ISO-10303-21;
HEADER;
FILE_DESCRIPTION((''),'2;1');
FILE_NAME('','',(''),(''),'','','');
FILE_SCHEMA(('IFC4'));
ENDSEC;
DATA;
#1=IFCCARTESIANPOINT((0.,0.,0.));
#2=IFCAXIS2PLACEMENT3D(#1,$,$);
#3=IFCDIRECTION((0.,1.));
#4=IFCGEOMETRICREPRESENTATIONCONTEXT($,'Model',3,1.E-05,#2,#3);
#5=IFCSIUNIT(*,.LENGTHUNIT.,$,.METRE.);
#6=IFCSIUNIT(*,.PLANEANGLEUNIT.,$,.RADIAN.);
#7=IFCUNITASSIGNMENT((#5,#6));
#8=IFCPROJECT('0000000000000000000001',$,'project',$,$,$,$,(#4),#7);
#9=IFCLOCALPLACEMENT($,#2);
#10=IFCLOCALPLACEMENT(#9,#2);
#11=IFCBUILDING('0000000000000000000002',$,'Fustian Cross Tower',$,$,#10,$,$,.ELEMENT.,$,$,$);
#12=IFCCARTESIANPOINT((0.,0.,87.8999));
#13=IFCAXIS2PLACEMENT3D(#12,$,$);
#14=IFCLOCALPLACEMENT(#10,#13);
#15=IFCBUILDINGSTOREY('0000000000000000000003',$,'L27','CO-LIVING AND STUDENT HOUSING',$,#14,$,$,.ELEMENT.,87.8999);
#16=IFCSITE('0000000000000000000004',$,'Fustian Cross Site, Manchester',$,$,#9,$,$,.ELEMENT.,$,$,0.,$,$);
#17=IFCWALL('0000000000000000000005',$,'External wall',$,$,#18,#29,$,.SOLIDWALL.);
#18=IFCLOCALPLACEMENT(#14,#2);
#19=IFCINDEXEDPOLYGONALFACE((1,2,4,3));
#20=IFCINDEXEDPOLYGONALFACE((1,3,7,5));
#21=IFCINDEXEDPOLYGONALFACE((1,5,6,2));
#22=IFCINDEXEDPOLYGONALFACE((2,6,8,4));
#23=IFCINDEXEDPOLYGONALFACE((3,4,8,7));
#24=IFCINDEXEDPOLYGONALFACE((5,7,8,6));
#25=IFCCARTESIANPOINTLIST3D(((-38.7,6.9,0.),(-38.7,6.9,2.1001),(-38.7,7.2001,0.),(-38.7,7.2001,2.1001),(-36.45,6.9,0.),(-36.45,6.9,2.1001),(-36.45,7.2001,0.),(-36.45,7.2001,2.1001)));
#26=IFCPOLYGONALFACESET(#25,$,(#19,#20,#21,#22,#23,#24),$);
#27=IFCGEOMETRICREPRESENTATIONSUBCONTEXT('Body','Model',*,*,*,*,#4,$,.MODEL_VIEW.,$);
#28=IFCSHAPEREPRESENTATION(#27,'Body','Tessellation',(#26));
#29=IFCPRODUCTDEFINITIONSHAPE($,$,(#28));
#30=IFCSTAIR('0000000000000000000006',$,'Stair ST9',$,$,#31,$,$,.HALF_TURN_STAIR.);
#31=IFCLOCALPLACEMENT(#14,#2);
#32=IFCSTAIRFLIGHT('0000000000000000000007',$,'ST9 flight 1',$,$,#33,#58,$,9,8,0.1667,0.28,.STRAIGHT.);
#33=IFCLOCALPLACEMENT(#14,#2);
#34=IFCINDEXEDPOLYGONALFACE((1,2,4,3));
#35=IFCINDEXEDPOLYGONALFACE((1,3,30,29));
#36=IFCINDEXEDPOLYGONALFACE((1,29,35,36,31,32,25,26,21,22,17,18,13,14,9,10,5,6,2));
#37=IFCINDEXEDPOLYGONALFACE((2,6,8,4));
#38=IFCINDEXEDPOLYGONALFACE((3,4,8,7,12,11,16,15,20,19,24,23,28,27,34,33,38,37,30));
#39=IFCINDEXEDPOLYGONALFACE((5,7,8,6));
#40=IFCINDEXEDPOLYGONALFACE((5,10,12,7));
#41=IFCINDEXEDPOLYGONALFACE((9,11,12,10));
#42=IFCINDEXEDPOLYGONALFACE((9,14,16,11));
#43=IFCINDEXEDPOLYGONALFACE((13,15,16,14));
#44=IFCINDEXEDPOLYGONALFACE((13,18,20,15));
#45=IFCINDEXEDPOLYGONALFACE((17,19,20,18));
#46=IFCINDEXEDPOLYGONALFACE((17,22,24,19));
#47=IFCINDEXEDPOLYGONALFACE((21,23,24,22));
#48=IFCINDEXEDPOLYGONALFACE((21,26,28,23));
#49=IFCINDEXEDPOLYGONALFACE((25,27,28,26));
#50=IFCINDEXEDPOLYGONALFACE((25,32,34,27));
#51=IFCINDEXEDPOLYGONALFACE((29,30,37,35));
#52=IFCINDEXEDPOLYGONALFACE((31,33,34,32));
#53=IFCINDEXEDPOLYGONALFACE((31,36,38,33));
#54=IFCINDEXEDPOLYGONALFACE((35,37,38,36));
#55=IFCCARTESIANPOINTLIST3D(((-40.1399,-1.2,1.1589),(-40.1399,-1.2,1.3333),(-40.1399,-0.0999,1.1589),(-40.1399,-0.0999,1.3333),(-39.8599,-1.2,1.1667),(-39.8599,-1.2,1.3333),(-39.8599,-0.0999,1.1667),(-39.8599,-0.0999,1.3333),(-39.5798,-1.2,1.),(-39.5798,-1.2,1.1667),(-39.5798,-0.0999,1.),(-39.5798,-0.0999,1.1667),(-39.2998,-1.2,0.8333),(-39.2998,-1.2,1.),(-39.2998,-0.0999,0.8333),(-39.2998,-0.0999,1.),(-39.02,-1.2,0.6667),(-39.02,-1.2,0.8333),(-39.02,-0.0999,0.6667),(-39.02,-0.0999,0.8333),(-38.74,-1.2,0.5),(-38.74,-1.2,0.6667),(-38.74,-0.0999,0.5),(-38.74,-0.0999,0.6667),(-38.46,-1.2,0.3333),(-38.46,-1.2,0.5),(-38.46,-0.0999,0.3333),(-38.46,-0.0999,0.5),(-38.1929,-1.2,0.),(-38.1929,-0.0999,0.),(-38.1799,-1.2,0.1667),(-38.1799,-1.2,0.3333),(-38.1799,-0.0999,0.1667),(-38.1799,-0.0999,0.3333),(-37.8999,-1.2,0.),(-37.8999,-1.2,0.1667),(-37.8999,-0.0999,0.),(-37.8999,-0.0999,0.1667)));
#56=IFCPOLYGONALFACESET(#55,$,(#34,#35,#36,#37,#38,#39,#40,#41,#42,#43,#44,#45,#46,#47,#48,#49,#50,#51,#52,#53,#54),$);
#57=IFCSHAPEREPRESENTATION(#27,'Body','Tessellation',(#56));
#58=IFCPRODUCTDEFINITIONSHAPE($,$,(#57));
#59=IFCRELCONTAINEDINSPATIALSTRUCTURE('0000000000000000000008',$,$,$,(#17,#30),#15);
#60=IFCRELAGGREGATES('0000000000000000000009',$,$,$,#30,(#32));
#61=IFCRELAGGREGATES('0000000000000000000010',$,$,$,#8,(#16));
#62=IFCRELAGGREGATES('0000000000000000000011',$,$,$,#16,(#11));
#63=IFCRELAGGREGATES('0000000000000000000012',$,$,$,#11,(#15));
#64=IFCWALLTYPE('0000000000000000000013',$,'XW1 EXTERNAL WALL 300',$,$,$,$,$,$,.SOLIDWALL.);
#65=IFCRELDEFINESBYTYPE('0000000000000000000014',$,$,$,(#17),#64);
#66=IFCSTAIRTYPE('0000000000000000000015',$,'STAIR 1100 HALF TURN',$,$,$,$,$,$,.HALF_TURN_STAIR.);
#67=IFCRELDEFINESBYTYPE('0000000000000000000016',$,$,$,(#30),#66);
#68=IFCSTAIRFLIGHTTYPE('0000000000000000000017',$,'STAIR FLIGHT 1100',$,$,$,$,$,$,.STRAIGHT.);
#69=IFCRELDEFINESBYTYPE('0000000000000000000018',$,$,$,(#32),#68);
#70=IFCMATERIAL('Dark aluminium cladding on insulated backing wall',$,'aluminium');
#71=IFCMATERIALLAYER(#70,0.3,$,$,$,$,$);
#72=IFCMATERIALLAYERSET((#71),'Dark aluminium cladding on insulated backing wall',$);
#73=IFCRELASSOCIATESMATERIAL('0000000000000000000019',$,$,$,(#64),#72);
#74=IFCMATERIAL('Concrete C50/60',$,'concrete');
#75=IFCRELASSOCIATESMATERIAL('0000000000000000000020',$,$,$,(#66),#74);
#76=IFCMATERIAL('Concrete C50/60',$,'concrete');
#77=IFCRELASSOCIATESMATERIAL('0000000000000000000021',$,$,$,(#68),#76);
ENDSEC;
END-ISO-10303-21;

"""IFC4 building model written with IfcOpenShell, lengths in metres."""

from ifc_helpers import new_model, si_unit, direction, frame, frame_2d, origin, place, context, subcontext, project, spatial, polyline, rectangle, outline, extrude, material, layer, layer_set, type_object, element, aggregate, save


model = new_model("IFC4")

# Units and contexts
model_context = context("Model", 3, precision=1e-05, world=origin(), true_north=direction((0.0, 1.0)))
body_context = subcontext(model_context, "Body", "Model", "MODEL_VIEW")
ifc_project = project(units=[si_unit("LENGTHUNIT", "METRE"), si_unit("PLANEANGLEUNIT", "RADIAN")], contexts=[model_context])

# Site, building, storey
site_placement = place(None, origin())
site = spatial("IfcSite", under=ifc_project, at=site_placement, Name="Fustian Cross Site, Manchester", CompositionType="ELEMENT", RefElevation=0.0)
building_placement = place(site_placement, origin())
building = spatial("IfcBuilding", under=site, at=building_placement, Name="Fustian Cross Tower", CompositionType="ELEMENT")
storey_placement = place(building_placement, frame((0.0, 0.0, 87.8999)))
storey = spatial("IfcBuildingStorey", under=building, at=storey_placement, Name="L27", Description="CO-LIVING AND STUDENT HOUSING", CompositionType="ELEMENT", Elevation=87.8999)

# Wall
ifc_material_1 = material(Name="Dark aluminium cladding on insulated backing wall", Category="aluminium")
ifc_layer_1 = layer(ifc_material_1, 0.3)
ifc_layer_set_1 = layer_set([ifc_layer_1], Name="Dark aluminium cladding on insulated backing wall")
wall_type_1 = type_object("IfcWallType", Name="XW1 EXTERNAL WALL 300", PredefinedType="SOLIDWALL", material=ifc_layer_set_1)
wall_1_placement = place(storey_placement, frame((-36.45, 7.05, 0.0), z_axis=(0.0, 0.0, 1.0), x_axis=(-1.0, 0.0, 0.0)))
element("IfcWall", 1, at=wall_1_placement, inside=storey, type_object=wall_type_1, Name="External wall", PredefinedType="SOLIDWALL", context=body_context, shape_type="SweptSolid", body=[
    extrude(rectangle(XDim=2.25, YDim=0.3, at=frame_2d((1.125, 0.0))), origin(), (0.0, 0.0, 1.0), 2.1001),
])

# Stair, stair flight
ifc_material_2 = material(Name="Concrete C50/60", Category="concrete")
stair_type = type_object("IfcStairType", Name="STAIR 1100 HALF TURN", PredefinedType="HALF_TURN_STAIR", material=ifc_material_2)
stair_placement = place(storey_placement, origin())
stair = element("IfcStair", 2, at=stair_placement, inside=storey, type_object=stair_type, Name="Stair ST9", PredefinedType="HALF_TURN_STAIR")
ifc_material_3 = material(Name="Concrete C50/60", Category="concrete")
stair_flight_type = type_object("IfcStairFlightType", Name="STAIR FLIGHT 1100", PredefinedType="STRAIGHT", material=ifc_material_3)
stair_flight_placement = place(storey_placement, frame((-37.8999, -0.6499, 0.0), z_axis=(0.0, 0.0, 1.0), x_axis=(-1.0, 0.0, 0.0)))
stair_flight = element("IfcStairFlight", 3, at=stair_flight_placement, type_object=stair_flight_type, Name="ST9 flight 1", NumberOfRisers=9, NumberOfTreads=8, PredefinedType="STRAIGHT", RiserHeight=0.1667, TreadLength=0.28, context=body_context, shape_type="SweptSolid", body=[
    extrude(outline(polyline([(0.0, 0.0), (0.0, 0.1667), (0.28, 0.1667), (0.28, 0.3333), (0.5601, 0.3333), (0.5601, 0.5), (0.8401, 0.5), (0.8401, 0.6667), (1.1201, 0.6667), (1.1201, 0.8333), (1.3999, 0.8333), (1.3999, 1.0), (1.6799, 1.0), (1.6799, 1.1667), (1.96, 1.1667), (1.96, 1.3333), (2.24, 1.3333), (2.24, 1.5), (2.24, 1.1589), (0.293, 0.0), (0.0, 0.0)])), frame((0.0, 0.55, 0.0), z_axis=(0.0, -1.0, 0.0), x_axis=(1.0, 0.0, 0.0)), (0.0, 0.0, 1.0), 1.1001),
])
aggregate(stair, [stair_flight])

save(model, "model.ifc")
